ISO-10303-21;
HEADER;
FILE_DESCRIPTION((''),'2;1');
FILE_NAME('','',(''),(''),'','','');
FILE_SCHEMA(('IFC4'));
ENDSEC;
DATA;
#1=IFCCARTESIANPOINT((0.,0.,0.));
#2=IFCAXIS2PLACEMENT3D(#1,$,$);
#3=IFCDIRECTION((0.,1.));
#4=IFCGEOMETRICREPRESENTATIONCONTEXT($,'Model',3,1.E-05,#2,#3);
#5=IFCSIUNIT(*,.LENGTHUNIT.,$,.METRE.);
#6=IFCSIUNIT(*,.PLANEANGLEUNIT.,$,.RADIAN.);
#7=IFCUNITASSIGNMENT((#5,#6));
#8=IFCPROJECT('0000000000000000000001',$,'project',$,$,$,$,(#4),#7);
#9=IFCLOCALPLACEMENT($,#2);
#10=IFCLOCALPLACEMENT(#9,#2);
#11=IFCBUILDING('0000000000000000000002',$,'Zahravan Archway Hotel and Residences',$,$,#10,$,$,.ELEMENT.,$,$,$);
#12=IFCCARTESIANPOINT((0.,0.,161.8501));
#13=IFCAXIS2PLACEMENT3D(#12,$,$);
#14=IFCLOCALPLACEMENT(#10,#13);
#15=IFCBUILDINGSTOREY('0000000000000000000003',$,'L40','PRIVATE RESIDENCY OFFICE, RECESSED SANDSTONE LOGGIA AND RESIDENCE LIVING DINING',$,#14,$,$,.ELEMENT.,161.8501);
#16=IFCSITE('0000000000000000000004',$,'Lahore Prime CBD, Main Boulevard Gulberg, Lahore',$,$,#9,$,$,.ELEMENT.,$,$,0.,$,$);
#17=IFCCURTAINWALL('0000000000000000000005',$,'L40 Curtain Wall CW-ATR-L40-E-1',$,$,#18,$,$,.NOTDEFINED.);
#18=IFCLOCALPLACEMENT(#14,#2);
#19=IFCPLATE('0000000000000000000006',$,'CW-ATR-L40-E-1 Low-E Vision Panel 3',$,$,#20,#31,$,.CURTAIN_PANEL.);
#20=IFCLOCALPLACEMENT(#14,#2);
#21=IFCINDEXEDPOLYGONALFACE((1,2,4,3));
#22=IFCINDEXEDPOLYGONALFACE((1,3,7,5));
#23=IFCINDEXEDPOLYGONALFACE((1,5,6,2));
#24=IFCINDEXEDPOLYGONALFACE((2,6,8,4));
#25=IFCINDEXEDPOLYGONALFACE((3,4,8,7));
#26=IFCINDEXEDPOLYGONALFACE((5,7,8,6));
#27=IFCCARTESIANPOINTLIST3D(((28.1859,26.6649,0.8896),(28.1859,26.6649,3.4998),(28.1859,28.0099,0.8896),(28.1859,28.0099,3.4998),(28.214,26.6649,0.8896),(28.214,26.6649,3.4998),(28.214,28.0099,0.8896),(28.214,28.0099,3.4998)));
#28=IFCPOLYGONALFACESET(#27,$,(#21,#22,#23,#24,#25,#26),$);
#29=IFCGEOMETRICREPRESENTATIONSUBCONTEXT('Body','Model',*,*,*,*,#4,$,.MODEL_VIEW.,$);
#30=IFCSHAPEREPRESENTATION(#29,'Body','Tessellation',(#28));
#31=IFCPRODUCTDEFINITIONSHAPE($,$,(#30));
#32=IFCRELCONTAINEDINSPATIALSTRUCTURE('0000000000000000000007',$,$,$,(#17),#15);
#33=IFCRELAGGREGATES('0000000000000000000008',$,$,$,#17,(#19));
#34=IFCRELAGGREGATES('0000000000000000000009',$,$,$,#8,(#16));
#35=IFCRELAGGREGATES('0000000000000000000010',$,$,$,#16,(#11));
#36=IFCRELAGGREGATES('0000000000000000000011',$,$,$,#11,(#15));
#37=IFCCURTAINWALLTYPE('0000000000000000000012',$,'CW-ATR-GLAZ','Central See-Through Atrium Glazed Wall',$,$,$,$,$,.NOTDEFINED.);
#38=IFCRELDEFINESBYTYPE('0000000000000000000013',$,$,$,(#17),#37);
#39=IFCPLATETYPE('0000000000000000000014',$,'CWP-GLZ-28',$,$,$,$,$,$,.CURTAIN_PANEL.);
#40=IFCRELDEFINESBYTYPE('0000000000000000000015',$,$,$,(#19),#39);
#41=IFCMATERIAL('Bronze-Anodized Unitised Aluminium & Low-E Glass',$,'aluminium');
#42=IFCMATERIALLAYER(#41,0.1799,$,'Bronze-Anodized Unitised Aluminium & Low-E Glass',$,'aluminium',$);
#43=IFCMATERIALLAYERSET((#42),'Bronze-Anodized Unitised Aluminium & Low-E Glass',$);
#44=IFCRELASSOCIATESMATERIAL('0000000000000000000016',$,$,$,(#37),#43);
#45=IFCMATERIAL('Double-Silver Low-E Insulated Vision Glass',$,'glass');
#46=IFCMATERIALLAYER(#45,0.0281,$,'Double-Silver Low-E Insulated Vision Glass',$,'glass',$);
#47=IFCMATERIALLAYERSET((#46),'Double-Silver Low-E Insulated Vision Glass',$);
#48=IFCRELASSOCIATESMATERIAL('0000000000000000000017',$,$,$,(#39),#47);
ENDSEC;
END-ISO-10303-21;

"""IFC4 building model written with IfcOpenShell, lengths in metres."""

from ifc_helpers import new_model, si_unit, direction, frame, origin, origin_2d, place, context, subcontext, project, spatial, rectangle, extrude, source, transform, mapped, material, layer, layer_set, type_object, element, aggregate, save


model = new_model("IFC4")

# Units and contexts
model_context = context("Model", 3, precision=1e-05, world=origin(), true_north=direction((0.0, 1.0)))
body_context = subcontext(model_context, "Body", "Model", "MODEL_VIEW")
ifc_project = project(units=[si_unit("LENGTHUNIT", "METRE"), si_unit("PLANEANGLEUNIT", "RADIAN")], contexts=[model_context])

# Site, building, storey
site_placement = place(None, origin())
site = spatial("IfcSite", under=ifc_project, at=site_placement, Name="Lahore Prime CBD, Main Boulevard Gulberg, Lahore", CompositionType="ELEMENT", RefElevation=0.0)
building_placement = place(site_placement, origin())
building = spatial("IfcBuilding", under=site, at=building_placement, Name="Zahravan Archway Hotel and Residences", CompositionType="ELEMENT")
storey_placement = place(building_placement, frame((0.0, 0.0, 161.8501)))
storey = spatial("IfcBuildingStorey", under=building, at=storey_placement, Name="L40", Description="PRIVATE RESIDENCY OFFICE, RECESSED SANDSTONE LOGGIA AND RESIDENCE LIVING DINING", CompositionType="ELEMENT", Elevation=161.8501)

# Shared definitions
ifc_material_1 = material(Name="Bronze-Anodized Unitised Aluminium & Low-E Glass", Category="aluminium")
ifc_layer_1 = layer(ifc_material_1, 0.1799, Name="Bronze-Anodized Unitised Aluminium & Low-E Glass", Category="aluminium")
ifc_layer_set_1 = layer_set([ifc_layer_1], Name="Bronze-Anodized Unitised Aluminium & Low-E Glass")
curtain_wall_type = type_object("IfcCurtainWallType", Name="CW-ATR-GLAZ", Description="Central See-Through Atrium Glazed Wall", PredefinedType="NOTDEFINED", material=ifc_layer_set_1)

# Curtain wall
curtain_wall_1_placement = place(storey_placement, origin())
curtain_wall_1 = element("IfcCurtainWall", 1, at=curtain_wall_1_placement, inside=storey, type_object=curtain_wall_type, Name="L40 Curtain Wall CW-ATR-L40-E-1", PredefinedType="NOTDEFINED")

# Plate
ifc_material_2 = material(Name="Double-Silver Low-E Insulated Vision Glass", Category="glass")
ifc_layer_2 = layer(ifc_material_2, 0.0281, Name="Double-Silver Low-E Insulated Vision Glass", Category="glass")
ifc_layer_set_2 = layer_set([ifc_layer_2], Name="Double-Silver Low-E Insulated Vision Glass")
plate_type_1 = type_object("IfcPlateType", Name="CWP-GLZ-28", PredefinedType="CURTAIN_PANEL", material=ifc_layer_set_2)
shared_shape_1 = source(origin(), body_context, "Body", "SweptSolid", [
    extrude(rectangle(XDim=1.345, YDim=0.0281, at=origin_2d()), origin(), (0.0, 0.0, 1.0), 2.6101),
])
plate_1_placement = place(storey_placement, frame((28.2, 27.3374, 0.8896), z_axis=(0.0, 0.0, 1.0), x_axis=(0.0, 1.0, 0.0)))
plate_1 = element("IfcPlate", 2, at=plate_1_placement, type_object=plate_type_1, Name="CW-ATR-L40-E-1 Low-E Vision Panel 3", PredefinedType="CURTAIN_PANEL", context=body_context, shape_type="MappedRepresentation", body=[
    mapped(shared_shape_1, transform((0.0, 0.0, 0.0), scale=1.0)),
])
aggregate(curtain_wall_1, [plate_1])

save(model, "model.ifc")
